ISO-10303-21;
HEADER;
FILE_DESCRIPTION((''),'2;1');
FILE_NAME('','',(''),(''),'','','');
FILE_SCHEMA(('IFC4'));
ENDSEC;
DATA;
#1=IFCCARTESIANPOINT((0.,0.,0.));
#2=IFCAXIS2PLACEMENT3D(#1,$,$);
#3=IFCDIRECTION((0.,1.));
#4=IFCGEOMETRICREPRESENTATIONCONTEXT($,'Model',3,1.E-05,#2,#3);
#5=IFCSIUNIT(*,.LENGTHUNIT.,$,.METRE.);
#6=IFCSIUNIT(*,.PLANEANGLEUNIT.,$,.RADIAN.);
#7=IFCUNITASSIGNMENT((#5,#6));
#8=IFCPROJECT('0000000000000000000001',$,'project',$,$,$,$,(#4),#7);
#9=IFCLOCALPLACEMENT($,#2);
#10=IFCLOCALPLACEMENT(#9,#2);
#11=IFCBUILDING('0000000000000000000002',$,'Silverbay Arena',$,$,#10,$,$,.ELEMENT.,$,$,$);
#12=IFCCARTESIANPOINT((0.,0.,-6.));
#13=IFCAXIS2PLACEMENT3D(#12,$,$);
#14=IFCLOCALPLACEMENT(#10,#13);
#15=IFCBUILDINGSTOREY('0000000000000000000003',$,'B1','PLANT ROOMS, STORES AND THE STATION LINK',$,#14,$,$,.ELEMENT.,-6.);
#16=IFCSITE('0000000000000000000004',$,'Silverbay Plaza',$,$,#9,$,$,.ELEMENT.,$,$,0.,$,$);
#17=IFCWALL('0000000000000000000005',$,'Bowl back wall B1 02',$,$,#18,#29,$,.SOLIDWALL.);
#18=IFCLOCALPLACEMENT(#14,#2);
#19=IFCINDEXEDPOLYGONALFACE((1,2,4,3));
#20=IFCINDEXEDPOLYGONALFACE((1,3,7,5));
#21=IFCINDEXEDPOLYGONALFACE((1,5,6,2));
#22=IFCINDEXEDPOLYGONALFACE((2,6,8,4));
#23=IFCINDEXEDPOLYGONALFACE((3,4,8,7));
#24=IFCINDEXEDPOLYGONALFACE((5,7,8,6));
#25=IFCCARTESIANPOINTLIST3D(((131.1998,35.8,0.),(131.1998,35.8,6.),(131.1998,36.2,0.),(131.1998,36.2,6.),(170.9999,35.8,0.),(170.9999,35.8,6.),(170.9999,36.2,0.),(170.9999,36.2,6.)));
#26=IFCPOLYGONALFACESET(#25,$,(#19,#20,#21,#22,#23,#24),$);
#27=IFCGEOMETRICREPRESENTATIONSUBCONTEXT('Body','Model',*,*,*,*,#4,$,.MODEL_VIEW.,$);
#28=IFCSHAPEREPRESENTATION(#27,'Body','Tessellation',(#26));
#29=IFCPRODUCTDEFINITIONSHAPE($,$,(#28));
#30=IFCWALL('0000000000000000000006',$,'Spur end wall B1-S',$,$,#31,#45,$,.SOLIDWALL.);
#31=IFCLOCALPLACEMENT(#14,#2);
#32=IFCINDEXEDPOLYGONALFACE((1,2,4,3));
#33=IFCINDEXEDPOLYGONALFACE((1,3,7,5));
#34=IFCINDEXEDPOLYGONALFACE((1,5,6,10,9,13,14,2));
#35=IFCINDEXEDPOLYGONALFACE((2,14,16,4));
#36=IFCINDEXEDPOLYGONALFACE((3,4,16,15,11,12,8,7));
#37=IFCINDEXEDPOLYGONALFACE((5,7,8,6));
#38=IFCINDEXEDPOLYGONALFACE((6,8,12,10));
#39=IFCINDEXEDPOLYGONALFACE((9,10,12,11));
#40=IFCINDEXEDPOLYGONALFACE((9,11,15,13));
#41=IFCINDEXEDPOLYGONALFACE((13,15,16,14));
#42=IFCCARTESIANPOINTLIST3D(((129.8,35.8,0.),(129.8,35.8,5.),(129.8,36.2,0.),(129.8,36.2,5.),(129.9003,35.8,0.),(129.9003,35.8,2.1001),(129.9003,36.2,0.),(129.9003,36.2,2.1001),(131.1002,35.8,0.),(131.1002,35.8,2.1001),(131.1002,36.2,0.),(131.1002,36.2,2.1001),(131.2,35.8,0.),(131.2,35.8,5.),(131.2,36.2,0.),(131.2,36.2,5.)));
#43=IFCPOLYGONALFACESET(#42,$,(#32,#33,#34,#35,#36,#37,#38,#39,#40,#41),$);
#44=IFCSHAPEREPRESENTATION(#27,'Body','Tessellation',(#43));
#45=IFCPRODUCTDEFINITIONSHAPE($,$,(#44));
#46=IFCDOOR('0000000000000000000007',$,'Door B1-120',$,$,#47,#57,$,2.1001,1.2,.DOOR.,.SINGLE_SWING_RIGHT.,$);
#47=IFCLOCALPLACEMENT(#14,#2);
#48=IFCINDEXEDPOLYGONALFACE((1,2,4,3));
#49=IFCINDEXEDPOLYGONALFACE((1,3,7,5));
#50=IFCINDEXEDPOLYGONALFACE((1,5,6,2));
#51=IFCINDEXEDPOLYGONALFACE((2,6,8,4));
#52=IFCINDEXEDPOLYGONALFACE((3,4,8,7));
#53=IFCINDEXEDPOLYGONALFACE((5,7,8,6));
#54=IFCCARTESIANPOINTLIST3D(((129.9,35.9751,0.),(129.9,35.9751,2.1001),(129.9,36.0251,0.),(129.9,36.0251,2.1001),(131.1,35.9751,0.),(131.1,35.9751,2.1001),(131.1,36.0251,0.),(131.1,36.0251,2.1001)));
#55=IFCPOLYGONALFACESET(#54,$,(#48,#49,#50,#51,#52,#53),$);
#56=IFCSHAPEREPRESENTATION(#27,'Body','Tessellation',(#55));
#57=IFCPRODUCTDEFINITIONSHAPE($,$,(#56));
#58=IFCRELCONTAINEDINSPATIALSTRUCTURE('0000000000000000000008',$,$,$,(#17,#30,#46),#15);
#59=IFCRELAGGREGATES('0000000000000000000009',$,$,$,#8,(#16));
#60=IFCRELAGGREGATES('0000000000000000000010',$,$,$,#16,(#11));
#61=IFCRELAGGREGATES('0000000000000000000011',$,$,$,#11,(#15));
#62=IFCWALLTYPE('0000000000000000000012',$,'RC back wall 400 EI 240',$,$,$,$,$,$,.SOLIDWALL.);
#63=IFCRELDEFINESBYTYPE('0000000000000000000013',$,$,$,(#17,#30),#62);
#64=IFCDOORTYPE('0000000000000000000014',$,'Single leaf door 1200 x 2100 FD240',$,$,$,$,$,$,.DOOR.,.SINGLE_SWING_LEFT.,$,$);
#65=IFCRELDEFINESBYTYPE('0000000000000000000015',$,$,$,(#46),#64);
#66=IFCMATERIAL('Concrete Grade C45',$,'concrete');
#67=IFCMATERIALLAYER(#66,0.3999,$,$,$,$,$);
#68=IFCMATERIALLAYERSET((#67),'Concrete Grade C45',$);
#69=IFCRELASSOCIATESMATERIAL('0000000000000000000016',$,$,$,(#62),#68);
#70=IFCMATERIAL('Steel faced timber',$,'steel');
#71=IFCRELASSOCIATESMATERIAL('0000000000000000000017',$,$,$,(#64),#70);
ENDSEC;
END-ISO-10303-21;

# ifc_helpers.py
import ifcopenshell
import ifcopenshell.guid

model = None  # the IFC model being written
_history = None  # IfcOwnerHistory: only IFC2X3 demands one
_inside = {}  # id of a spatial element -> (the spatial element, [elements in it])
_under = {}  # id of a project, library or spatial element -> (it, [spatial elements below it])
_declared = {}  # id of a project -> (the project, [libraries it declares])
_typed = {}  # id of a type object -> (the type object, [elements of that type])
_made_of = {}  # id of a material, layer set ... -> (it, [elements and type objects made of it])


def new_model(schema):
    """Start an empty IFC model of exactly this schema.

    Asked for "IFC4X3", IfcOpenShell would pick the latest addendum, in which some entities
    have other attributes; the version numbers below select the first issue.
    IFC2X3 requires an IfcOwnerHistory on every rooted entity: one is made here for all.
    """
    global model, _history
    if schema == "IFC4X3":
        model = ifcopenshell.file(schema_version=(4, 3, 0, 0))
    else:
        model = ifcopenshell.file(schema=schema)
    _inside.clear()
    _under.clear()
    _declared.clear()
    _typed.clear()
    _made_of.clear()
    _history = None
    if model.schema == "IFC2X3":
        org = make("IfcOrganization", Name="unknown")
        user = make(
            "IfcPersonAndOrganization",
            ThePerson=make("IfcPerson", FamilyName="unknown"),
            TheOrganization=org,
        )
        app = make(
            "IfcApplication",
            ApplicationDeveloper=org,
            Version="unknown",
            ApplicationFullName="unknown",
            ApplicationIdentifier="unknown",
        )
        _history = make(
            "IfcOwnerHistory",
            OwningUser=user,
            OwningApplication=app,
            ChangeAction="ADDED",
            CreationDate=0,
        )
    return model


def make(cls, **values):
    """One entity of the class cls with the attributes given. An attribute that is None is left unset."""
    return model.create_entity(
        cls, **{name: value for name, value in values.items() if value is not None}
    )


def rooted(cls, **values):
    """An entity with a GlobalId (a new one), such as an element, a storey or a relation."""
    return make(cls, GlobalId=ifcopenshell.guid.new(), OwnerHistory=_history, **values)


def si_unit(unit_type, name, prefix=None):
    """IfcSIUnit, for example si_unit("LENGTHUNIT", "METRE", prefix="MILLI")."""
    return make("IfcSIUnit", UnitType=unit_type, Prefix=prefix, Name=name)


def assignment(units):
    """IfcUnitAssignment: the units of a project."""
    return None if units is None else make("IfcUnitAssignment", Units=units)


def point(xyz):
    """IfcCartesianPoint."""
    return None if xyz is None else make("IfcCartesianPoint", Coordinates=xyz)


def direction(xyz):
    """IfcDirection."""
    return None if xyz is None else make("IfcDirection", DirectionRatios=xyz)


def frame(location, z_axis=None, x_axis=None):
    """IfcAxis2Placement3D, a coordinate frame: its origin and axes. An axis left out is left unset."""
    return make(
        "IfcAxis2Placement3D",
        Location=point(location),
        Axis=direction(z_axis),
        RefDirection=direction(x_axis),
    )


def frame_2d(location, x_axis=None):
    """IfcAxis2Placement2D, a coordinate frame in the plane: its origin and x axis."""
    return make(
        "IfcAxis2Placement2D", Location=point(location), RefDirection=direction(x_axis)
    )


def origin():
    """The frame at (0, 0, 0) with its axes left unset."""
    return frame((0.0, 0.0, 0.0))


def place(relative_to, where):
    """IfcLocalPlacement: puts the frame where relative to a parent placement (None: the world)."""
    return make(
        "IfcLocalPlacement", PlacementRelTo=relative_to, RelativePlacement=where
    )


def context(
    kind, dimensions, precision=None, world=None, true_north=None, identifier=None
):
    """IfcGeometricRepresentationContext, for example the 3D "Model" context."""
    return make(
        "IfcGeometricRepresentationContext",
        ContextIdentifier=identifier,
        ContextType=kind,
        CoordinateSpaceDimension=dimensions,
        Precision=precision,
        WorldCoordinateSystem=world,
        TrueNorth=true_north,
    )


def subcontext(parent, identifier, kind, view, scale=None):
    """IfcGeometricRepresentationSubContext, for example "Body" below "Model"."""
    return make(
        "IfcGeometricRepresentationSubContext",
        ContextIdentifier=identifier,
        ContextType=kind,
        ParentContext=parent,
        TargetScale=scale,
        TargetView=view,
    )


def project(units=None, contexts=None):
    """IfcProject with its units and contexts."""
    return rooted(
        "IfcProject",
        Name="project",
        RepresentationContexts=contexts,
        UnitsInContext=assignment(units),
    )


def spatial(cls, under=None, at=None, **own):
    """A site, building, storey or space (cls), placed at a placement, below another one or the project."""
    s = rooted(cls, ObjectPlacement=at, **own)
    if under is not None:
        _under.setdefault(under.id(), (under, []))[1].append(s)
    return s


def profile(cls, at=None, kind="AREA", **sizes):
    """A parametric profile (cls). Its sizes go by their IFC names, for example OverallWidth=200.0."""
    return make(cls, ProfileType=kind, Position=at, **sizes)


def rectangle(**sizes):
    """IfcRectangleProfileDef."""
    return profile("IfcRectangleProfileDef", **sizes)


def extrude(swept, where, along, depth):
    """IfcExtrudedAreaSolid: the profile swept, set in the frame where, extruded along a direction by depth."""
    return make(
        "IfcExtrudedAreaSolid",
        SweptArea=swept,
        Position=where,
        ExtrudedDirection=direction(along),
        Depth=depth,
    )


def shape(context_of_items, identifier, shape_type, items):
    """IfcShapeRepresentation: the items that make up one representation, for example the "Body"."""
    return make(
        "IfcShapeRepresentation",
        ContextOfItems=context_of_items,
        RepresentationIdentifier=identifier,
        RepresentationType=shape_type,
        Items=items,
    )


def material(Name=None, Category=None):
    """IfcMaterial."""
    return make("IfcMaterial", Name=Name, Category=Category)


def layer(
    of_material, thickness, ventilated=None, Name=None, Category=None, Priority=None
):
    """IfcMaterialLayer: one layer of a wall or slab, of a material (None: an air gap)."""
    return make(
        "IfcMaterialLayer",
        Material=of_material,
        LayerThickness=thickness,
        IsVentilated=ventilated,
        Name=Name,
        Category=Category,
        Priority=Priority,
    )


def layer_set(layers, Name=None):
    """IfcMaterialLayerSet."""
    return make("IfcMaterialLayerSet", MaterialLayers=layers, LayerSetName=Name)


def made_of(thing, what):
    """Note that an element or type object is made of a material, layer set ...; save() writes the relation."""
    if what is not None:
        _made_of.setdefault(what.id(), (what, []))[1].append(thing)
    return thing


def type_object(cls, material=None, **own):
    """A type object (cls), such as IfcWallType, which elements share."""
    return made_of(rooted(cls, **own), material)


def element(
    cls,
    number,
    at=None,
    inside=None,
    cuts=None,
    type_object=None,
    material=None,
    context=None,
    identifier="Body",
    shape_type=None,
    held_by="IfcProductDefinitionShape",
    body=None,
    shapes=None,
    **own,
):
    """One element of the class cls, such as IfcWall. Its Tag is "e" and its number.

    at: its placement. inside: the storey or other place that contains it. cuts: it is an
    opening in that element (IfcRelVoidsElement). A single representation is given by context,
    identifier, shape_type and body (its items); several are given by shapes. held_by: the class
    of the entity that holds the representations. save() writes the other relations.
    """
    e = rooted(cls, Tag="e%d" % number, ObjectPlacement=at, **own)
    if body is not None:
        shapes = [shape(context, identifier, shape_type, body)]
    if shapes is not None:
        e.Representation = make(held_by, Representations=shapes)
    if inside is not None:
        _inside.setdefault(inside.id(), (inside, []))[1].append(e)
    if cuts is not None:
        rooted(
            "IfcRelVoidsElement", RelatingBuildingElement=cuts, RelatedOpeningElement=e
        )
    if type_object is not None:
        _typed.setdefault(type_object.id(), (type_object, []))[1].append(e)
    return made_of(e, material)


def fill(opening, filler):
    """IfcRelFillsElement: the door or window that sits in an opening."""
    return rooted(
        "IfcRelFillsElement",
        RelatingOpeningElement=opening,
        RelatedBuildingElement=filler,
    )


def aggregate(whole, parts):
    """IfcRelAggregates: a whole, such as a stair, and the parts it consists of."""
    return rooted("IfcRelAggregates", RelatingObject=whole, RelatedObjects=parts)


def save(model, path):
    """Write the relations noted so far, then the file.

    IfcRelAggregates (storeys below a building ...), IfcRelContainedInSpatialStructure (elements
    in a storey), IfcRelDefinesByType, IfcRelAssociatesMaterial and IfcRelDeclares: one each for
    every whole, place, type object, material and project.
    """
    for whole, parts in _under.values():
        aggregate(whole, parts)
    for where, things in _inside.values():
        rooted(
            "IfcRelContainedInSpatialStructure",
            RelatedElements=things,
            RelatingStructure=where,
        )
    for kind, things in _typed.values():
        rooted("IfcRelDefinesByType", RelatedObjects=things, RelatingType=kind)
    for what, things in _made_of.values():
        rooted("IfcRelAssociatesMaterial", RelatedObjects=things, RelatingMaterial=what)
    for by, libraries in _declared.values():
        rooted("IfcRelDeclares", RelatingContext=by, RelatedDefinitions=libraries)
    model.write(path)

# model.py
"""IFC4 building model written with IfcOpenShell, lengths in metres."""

from ifc_helpers import new_model, si_unit, direction, frame, frame_2d, origin, place, context, subcontext, project, spatial, rectangle, extrude, material, layer, layer_set, type_object, element, fill, save


model = new_model("IFC4")

# Units and contexts
model_context = context("Model", 3, precision=1e-05, world=origin(), true_north=direction((0.0, 1.0)))
body_context = subcontext(model_context, "Body", "Model", "MODEL_VIEW")
ifc_project = project(units=[si_unit("LENGTHUNIT", "METRE"), si_unit("PLANEANGLEUNIT", "RADIAN")], contexts=[model_context])

# Site, building, storey
site_placement = place(None, origin())
site = spatial("IfcSite", under=ifc_project, at=site_placement, Name="Silverbay Plaza", CompositionType="ELEMENT", RefElevation=0.0)
building_placement = place(site_placement, origin())
building = spatial("IfcBuilding", under=site, at=building_placement, Name="Silverbay Arena", CompositionType="ELEMENT")
storey_placement = place(building_placement, frame((0.0, 0.0, -6.0)))
storey = spatial("IfcBuildingStorey", under=building, at=storey_placement, Name="B1", Description="PLANT ROOMS, STORES AND THE STATION LINK", CompositionType="ELEMENT", Elevation=-6.0)

# Wall
ifc_material_1 = material(Name="Concrete Grade C45", Category="concrete")
ifc_layer_1 = layer(ifc_material_1, 0.3999)
ifc_layer_set_1 = layer_set([ifc_layer_1], Name="Concrete Grade C45")
wall_type_1 = type_object("IfcWallType", Name="RC back wall 400 EI 240", PredefinedType="SOLIDWALL", material=ifc_layer_set_1)
wall_1_placement = place(storey_placement, frame((131.2, 36.0, 0.0), z_axis=(0.0, 0.0, 1.0), x_axis=(1.0, 0.0, 0.0)))
element("IfcWall", 1, at=wall_1_placement, inside=storey, type_object=wall_type_1, Name="Bowl back wall B1 02", PredefinedType="SOLIDWALL", context=body_context, shape_type="SweptSolid", body=[
    extrude(rectangle(XDim=39.8, YDim=0.3999, at=frame_2d((19.8999, 0.0))), origin(), (0.0, 0.0, 1.0), 6.0),
])

# Wall, opening, door
wall_2_placement = place(storey_placement, frame((129.8, 36.0, 0.0), z_axis=(0.0, 0.0, 1.0), x_axis=(1.0, 0.0, 0.0)))
wall_2 = element("IfcWall", 2, at=wall_2_placement, inside=storey, type_object=wall_type_1, Name="Spur end wall B1-S", PredefinedType="SOLIDWALL", context=body_context, shape_type="SweptSolid", body=[
    extrude(rectangle(XDim=1.3999, YDim=0.3999, at=frame_2d((0.7, 0.0))), origin(), (0.0, 0.0, 1.0), 5.0),
])
opening_1_placement = place(wall_2_placement, frame((0.1001, 0.0, 0.0)))
opening_1 = element("IfcOpeningElement", 3, at=opening_1_placement, cuts=wall_2, PredefinedType="OPENING", context=body_context, shape_type="SweptSolid", body=[
    extrude(rectangle(XDim=1.2, YDim=2.1001, at=frame_2d((0.6001, 1.05))), frame((0.0, 0.21, 0.0), z_axis=(0.0, -1.0, 0.0), x_axis=(1.0, 0.0, 0.0)), (0.0, 0.0, 1.0), 0.4199),
])
ifc_material_2 = material(Name="Steel faced timber", Category="steel")
door_type_1 = type_object("IfcDoorType", Name="Single leaf door 1200 x 2100 FD240", OperationType="SINGLE_SWING_LEFT", PredefinedType="DOOR", material=ifc_material_2)
door_1_placement = place(opening_1_placement, frame((1.2, 0.0, 0.0), z_axis=(0.0, 0.0, 1.0), x_axis=(-1.0, 0.0, 0.0)))
door_1 = element("IfcDoor", 4, at=door_1_placement, inside=storey, type_object=door_type_1, Name="Door B1-120", OperationType="SINGLE_SWING_RIGHT", OverallHeight=2.1001, OverallWidth=1.2, PredefinedType="DOOR", context=body_context, shape_type="SweptSolid", body=[
    extrude(rectangle(XDim=1.2, YDim=2.1001, at=frame_2d((0.6001, 1.05))), frame((0.0, 0.0249, 0.0), z_axis=(0.0, -1.0, 0.0), x_axis=(1.0, 0.0, 0.0)), (0.0, 0.0, 1.0), 0.05),
])
fill(opening_1, door_1)

save(model, "model.ifc")
